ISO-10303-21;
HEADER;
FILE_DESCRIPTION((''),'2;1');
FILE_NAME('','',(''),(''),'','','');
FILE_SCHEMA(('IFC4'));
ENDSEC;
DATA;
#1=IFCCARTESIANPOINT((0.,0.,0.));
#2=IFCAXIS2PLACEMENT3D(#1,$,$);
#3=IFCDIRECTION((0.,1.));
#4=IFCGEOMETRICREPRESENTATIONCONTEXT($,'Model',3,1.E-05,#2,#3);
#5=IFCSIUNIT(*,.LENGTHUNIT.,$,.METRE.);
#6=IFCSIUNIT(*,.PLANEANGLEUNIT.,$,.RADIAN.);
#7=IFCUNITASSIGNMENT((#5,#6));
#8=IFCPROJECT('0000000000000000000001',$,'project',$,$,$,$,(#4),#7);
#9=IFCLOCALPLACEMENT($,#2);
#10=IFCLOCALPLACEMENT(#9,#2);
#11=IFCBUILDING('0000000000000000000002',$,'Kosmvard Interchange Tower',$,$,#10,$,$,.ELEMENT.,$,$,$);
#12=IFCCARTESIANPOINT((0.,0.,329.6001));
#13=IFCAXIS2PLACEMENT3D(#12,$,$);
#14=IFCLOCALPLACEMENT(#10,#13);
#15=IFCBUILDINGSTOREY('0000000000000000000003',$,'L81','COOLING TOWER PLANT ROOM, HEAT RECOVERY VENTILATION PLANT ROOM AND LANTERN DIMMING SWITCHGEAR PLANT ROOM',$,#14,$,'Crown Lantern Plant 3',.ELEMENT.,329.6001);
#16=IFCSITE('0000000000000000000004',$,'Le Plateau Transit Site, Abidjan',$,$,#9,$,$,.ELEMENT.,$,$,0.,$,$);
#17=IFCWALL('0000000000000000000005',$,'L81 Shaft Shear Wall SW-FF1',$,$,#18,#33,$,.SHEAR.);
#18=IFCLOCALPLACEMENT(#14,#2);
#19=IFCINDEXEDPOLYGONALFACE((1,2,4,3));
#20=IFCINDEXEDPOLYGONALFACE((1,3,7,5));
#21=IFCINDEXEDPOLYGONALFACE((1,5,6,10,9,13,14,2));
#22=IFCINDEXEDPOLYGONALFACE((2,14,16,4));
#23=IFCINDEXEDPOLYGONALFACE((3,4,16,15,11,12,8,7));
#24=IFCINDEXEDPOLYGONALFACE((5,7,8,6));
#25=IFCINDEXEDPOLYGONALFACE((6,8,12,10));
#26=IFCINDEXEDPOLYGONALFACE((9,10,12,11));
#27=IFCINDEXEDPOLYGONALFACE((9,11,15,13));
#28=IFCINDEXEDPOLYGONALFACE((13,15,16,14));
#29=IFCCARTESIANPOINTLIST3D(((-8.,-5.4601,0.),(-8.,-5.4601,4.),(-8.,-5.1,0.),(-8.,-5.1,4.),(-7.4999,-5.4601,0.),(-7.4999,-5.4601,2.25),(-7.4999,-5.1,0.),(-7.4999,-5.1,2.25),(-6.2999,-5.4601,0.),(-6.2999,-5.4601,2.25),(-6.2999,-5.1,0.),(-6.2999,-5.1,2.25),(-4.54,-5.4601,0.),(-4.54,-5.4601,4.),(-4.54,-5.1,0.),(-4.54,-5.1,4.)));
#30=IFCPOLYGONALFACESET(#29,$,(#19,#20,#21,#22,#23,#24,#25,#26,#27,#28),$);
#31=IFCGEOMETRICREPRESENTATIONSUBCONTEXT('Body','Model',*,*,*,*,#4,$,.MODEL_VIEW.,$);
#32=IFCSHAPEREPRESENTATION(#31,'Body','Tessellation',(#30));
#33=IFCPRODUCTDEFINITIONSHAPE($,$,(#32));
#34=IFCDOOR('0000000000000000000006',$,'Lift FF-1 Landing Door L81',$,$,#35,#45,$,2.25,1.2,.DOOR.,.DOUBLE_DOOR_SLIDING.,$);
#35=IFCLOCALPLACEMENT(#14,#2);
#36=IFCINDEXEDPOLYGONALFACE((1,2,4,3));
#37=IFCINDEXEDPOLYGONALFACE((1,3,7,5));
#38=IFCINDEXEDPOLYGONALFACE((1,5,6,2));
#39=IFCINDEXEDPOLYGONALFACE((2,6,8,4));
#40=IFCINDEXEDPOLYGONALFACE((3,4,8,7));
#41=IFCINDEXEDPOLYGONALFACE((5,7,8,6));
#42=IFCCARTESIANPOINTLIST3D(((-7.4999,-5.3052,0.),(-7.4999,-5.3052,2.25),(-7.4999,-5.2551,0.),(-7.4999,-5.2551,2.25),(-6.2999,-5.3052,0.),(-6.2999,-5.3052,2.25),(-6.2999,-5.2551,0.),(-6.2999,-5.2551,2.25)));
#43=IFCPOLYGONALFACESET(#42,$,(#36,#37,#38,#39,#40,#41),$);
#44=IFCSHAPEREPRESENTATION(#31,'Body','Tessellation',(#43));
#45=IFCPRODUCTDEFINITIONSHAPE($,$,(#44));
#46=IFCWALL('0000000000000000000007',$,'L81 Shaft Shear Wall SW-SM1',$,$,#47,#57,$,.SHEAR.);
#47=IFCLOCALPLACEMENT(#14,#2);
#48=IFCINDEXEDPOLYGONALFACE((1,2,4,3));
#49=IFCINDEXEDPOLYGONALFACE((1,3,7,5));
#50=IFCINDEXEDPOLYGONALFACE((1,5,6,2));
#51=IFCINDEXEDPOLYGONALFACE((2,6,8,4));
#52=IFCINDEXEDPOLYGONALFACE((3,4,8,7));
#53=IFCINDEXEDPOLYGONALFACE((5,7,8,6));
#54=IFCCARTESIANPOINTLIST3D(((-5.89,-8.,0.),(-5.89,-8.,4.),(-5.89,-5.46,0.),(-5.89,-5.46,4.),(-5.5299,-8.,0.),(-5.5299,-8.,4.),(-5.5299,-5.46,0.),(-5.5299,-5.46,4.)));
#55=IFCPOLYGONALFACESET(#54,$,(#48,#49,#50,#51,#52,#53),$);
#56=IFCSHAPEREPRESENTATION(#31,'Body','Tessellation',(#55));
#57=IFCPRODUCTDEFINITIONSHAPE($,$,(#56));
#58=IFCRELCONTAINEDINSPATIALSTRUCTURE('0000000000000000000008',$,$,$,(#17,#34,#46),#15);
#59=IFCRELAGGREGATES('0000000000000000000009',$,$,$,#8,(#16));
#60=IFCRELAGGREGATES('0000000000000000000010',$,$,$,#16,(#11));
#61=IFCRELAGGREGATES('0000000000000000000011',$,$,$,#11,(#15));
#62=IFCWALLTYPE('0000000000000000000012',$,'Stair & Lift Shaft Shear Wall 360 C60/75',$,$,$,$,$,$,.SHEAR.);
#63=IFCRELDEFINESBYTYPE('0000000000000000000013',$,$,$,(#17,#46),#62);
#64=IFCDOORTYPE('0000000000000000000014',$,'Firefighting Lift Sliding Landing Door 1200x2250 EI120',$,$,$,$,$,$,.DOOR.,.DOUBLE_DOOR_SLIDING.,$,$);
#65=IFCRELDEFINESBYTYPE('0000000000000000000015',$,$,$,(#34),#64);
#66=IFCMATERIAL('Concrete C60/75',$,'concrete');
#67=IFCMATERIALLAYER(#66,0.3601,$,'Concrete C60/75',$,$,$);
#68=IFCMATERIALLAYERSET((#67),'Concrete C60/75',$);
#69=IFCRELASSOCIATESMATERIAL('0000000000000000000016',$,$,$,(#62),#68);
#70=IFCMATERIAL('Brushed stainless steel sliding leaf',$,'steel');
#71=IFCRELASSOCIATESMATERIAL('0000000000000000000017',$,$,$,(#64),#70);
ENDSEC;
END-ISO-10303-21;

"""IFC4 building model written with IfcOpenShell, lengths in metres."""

from ifc_helpers import new_model, si_unit, direction, frame, frame_2d, origin, place, context, subcontext, project, spatial, rectangle, extrude, source, transform, mapped, material, layer, layer_set, type_object, element, fill, save


model = new_model("IFC4")

# Units and contexts
model_context = context("Model", 3, precision=1e-05, world=origin(), true_north=direction((0.0, 1.0)))
body_context = subcontext(model_context, "Body", "Model", "MODEL_VIEW")
ifc_project = project(units=[si_unit("LENGTHUNIT", "METRE"), si_unit("PLANEANGLEUNIT", "RADIAN")], contexts=[model_context])

# Site, building, storey
site_placement = place(None, origin())
site = spatial("IfcSite", under=ifc_project, at=site_placement, Name="Le Plateau Transit Site, Abidjan", CompositionType="ELEMENT", RefElevation=0.0)
building_placement = place(site_placement, origin())
building = spatial("IfcBuilding", under=site, at=building_placement, Name="Kosmvard Interchange Tower", CompositionType="ELEMENT")
storey_placement = place(building_placement, frame((0.0, 0.0, 329.6001)))
storey = spatial("IfcBuildingStorey", under=building, at=storey_placement, Name="L81", Description="COOLING TOWER PLANT ROOM, HEAT RECOVERY VENTILATION PLANT ROOM AND LANTERN DIMMING SWITCHGEAR PLANT ROOM", LongName="Crown Lantern Plant 3", CompositionType="ELEMENT", Elevation=329.6001)

# Shared definitions
ifc_material_1 = material(Name="Concrete C60/75", Category="concrete")
ifc_layer_1 = layer(ifc_material_1, 0.3601, Name="Concrete C60/75")
ifc_layer_set_1 = layer_set([ifc_layer_1], Name="Concrete C60/75")
wall_type_1 = type_object("IfcWallType", Name="Stair & Lift Shaft Shear Wall 360 C60/75", PredefinedType="SHEAR", material=ifc_layer_set_1)

# Wall, opening, door
wall_1_placement = place(storey_placement, frame((-8.0, -5.28, 0.0), z_axis=(0.0, 0.0, 1.0), x_axis=(1.0, 0.0, 0.0)))
wall_1 = element("IfcWall", 1, at=wall_1_placement, inside=storey, type_object=wall_type_1, Name="L81 Shaft Shear Wall SW-FF1", PredefinedType="SHEAR", context=body_context, shape_type="SweptSolid", body=[
    extrude(rectangle(XDim=3.46, YDim=0.3601, at=frame_2d((1.73, 0.0))), origin(), (0.0, 0.0, 1.0), 4.0),
])
opening_1_placement = place(wall_1_placement, frame((0.5, 0.0, 0.0)))
opening_1 = element("IfcOpeningElement", 2, at=opening_1_placement, cuts=wall_1, PredefinedType="OPENING", context=body_context, shape_type="SweptSolid", body=[
    extrude(rectangle(XDim=1.2, YDim=2.25, at=frame_2d((0.6001, 1.125))), frame((0.0, 0.1899, 0.0), z_axis=(0.0, -1.0, 0.0), x_axis=(1.0, 0.0, 0.0)), (0.0, 0.0, 1.0), 0.3801),
])
ifc_material_2 = material(Name="Brushed stainless steel sliding leaf", Category="steel")
door_type_1 = type_object("IfcDoorType", Name="Firefighting Lift Sliding Landing Door 1200x2250 EI120", OperationType="DOUBLE_DOOR_SLIDING", PredefinedType="DOOR", material=ifc_material_2)
shared_shape_1 = source(origin(), body_context, "Body", "SweptSolid", [
    extrude(rectangle(XDim=1.2, YDim=2.25, at=frame_2d((0.6001, 1.125))), frame((0.0, 0.0249, 0.0), z_axis=(0.0, -1.0, 0.0), x_axis=(1.0, 0.0, 0.0)), (0.0, 0.0, 1.0), 0.05),
])
door_1_placement = place(opening_1_placement, origin())
door_1 = element("IfcDoor", 3, at=door_1_placement, inside=storey, type_object=door_type_1, Name="Lift FF-1 Landing Door L81", OperationType="DOUBLE_DOOR_SLIDING", OverallHeight=2.25, OverallWidth=1.2, PredefinedType="DOOR", context=body_context, shape_type="MappedRepresentation", body=[
    mapped(shared_shape_1, transform((0.0, 0.0, 0.0), scale=1.0)),
])
fill(opening_1, door_1)

# Wall
wall_2_placement = place(storey_placement, frame((-5.71, -8.0, 0.0), z_axis=(0.0, 0.0, 1.0), x_axis=(0.0, 1.0, 0.0)))
element("IfcWall", 4, at=wall_2_placement, inside=storey, type_object=wall_type_1, Name="L81 Shaft Shear Wall SW-SM1", PredefinedType="SHEAR", context=body_context, shape_type="SweptSolid", body=[
    extrude(rectangle(XDim=2.54, YDim=0.3601, at=frame_2d((1.27, 0.0))), origin(), (0.0, 0.0, 1.0), 4.0),
])

save(model, "model.ifc")
